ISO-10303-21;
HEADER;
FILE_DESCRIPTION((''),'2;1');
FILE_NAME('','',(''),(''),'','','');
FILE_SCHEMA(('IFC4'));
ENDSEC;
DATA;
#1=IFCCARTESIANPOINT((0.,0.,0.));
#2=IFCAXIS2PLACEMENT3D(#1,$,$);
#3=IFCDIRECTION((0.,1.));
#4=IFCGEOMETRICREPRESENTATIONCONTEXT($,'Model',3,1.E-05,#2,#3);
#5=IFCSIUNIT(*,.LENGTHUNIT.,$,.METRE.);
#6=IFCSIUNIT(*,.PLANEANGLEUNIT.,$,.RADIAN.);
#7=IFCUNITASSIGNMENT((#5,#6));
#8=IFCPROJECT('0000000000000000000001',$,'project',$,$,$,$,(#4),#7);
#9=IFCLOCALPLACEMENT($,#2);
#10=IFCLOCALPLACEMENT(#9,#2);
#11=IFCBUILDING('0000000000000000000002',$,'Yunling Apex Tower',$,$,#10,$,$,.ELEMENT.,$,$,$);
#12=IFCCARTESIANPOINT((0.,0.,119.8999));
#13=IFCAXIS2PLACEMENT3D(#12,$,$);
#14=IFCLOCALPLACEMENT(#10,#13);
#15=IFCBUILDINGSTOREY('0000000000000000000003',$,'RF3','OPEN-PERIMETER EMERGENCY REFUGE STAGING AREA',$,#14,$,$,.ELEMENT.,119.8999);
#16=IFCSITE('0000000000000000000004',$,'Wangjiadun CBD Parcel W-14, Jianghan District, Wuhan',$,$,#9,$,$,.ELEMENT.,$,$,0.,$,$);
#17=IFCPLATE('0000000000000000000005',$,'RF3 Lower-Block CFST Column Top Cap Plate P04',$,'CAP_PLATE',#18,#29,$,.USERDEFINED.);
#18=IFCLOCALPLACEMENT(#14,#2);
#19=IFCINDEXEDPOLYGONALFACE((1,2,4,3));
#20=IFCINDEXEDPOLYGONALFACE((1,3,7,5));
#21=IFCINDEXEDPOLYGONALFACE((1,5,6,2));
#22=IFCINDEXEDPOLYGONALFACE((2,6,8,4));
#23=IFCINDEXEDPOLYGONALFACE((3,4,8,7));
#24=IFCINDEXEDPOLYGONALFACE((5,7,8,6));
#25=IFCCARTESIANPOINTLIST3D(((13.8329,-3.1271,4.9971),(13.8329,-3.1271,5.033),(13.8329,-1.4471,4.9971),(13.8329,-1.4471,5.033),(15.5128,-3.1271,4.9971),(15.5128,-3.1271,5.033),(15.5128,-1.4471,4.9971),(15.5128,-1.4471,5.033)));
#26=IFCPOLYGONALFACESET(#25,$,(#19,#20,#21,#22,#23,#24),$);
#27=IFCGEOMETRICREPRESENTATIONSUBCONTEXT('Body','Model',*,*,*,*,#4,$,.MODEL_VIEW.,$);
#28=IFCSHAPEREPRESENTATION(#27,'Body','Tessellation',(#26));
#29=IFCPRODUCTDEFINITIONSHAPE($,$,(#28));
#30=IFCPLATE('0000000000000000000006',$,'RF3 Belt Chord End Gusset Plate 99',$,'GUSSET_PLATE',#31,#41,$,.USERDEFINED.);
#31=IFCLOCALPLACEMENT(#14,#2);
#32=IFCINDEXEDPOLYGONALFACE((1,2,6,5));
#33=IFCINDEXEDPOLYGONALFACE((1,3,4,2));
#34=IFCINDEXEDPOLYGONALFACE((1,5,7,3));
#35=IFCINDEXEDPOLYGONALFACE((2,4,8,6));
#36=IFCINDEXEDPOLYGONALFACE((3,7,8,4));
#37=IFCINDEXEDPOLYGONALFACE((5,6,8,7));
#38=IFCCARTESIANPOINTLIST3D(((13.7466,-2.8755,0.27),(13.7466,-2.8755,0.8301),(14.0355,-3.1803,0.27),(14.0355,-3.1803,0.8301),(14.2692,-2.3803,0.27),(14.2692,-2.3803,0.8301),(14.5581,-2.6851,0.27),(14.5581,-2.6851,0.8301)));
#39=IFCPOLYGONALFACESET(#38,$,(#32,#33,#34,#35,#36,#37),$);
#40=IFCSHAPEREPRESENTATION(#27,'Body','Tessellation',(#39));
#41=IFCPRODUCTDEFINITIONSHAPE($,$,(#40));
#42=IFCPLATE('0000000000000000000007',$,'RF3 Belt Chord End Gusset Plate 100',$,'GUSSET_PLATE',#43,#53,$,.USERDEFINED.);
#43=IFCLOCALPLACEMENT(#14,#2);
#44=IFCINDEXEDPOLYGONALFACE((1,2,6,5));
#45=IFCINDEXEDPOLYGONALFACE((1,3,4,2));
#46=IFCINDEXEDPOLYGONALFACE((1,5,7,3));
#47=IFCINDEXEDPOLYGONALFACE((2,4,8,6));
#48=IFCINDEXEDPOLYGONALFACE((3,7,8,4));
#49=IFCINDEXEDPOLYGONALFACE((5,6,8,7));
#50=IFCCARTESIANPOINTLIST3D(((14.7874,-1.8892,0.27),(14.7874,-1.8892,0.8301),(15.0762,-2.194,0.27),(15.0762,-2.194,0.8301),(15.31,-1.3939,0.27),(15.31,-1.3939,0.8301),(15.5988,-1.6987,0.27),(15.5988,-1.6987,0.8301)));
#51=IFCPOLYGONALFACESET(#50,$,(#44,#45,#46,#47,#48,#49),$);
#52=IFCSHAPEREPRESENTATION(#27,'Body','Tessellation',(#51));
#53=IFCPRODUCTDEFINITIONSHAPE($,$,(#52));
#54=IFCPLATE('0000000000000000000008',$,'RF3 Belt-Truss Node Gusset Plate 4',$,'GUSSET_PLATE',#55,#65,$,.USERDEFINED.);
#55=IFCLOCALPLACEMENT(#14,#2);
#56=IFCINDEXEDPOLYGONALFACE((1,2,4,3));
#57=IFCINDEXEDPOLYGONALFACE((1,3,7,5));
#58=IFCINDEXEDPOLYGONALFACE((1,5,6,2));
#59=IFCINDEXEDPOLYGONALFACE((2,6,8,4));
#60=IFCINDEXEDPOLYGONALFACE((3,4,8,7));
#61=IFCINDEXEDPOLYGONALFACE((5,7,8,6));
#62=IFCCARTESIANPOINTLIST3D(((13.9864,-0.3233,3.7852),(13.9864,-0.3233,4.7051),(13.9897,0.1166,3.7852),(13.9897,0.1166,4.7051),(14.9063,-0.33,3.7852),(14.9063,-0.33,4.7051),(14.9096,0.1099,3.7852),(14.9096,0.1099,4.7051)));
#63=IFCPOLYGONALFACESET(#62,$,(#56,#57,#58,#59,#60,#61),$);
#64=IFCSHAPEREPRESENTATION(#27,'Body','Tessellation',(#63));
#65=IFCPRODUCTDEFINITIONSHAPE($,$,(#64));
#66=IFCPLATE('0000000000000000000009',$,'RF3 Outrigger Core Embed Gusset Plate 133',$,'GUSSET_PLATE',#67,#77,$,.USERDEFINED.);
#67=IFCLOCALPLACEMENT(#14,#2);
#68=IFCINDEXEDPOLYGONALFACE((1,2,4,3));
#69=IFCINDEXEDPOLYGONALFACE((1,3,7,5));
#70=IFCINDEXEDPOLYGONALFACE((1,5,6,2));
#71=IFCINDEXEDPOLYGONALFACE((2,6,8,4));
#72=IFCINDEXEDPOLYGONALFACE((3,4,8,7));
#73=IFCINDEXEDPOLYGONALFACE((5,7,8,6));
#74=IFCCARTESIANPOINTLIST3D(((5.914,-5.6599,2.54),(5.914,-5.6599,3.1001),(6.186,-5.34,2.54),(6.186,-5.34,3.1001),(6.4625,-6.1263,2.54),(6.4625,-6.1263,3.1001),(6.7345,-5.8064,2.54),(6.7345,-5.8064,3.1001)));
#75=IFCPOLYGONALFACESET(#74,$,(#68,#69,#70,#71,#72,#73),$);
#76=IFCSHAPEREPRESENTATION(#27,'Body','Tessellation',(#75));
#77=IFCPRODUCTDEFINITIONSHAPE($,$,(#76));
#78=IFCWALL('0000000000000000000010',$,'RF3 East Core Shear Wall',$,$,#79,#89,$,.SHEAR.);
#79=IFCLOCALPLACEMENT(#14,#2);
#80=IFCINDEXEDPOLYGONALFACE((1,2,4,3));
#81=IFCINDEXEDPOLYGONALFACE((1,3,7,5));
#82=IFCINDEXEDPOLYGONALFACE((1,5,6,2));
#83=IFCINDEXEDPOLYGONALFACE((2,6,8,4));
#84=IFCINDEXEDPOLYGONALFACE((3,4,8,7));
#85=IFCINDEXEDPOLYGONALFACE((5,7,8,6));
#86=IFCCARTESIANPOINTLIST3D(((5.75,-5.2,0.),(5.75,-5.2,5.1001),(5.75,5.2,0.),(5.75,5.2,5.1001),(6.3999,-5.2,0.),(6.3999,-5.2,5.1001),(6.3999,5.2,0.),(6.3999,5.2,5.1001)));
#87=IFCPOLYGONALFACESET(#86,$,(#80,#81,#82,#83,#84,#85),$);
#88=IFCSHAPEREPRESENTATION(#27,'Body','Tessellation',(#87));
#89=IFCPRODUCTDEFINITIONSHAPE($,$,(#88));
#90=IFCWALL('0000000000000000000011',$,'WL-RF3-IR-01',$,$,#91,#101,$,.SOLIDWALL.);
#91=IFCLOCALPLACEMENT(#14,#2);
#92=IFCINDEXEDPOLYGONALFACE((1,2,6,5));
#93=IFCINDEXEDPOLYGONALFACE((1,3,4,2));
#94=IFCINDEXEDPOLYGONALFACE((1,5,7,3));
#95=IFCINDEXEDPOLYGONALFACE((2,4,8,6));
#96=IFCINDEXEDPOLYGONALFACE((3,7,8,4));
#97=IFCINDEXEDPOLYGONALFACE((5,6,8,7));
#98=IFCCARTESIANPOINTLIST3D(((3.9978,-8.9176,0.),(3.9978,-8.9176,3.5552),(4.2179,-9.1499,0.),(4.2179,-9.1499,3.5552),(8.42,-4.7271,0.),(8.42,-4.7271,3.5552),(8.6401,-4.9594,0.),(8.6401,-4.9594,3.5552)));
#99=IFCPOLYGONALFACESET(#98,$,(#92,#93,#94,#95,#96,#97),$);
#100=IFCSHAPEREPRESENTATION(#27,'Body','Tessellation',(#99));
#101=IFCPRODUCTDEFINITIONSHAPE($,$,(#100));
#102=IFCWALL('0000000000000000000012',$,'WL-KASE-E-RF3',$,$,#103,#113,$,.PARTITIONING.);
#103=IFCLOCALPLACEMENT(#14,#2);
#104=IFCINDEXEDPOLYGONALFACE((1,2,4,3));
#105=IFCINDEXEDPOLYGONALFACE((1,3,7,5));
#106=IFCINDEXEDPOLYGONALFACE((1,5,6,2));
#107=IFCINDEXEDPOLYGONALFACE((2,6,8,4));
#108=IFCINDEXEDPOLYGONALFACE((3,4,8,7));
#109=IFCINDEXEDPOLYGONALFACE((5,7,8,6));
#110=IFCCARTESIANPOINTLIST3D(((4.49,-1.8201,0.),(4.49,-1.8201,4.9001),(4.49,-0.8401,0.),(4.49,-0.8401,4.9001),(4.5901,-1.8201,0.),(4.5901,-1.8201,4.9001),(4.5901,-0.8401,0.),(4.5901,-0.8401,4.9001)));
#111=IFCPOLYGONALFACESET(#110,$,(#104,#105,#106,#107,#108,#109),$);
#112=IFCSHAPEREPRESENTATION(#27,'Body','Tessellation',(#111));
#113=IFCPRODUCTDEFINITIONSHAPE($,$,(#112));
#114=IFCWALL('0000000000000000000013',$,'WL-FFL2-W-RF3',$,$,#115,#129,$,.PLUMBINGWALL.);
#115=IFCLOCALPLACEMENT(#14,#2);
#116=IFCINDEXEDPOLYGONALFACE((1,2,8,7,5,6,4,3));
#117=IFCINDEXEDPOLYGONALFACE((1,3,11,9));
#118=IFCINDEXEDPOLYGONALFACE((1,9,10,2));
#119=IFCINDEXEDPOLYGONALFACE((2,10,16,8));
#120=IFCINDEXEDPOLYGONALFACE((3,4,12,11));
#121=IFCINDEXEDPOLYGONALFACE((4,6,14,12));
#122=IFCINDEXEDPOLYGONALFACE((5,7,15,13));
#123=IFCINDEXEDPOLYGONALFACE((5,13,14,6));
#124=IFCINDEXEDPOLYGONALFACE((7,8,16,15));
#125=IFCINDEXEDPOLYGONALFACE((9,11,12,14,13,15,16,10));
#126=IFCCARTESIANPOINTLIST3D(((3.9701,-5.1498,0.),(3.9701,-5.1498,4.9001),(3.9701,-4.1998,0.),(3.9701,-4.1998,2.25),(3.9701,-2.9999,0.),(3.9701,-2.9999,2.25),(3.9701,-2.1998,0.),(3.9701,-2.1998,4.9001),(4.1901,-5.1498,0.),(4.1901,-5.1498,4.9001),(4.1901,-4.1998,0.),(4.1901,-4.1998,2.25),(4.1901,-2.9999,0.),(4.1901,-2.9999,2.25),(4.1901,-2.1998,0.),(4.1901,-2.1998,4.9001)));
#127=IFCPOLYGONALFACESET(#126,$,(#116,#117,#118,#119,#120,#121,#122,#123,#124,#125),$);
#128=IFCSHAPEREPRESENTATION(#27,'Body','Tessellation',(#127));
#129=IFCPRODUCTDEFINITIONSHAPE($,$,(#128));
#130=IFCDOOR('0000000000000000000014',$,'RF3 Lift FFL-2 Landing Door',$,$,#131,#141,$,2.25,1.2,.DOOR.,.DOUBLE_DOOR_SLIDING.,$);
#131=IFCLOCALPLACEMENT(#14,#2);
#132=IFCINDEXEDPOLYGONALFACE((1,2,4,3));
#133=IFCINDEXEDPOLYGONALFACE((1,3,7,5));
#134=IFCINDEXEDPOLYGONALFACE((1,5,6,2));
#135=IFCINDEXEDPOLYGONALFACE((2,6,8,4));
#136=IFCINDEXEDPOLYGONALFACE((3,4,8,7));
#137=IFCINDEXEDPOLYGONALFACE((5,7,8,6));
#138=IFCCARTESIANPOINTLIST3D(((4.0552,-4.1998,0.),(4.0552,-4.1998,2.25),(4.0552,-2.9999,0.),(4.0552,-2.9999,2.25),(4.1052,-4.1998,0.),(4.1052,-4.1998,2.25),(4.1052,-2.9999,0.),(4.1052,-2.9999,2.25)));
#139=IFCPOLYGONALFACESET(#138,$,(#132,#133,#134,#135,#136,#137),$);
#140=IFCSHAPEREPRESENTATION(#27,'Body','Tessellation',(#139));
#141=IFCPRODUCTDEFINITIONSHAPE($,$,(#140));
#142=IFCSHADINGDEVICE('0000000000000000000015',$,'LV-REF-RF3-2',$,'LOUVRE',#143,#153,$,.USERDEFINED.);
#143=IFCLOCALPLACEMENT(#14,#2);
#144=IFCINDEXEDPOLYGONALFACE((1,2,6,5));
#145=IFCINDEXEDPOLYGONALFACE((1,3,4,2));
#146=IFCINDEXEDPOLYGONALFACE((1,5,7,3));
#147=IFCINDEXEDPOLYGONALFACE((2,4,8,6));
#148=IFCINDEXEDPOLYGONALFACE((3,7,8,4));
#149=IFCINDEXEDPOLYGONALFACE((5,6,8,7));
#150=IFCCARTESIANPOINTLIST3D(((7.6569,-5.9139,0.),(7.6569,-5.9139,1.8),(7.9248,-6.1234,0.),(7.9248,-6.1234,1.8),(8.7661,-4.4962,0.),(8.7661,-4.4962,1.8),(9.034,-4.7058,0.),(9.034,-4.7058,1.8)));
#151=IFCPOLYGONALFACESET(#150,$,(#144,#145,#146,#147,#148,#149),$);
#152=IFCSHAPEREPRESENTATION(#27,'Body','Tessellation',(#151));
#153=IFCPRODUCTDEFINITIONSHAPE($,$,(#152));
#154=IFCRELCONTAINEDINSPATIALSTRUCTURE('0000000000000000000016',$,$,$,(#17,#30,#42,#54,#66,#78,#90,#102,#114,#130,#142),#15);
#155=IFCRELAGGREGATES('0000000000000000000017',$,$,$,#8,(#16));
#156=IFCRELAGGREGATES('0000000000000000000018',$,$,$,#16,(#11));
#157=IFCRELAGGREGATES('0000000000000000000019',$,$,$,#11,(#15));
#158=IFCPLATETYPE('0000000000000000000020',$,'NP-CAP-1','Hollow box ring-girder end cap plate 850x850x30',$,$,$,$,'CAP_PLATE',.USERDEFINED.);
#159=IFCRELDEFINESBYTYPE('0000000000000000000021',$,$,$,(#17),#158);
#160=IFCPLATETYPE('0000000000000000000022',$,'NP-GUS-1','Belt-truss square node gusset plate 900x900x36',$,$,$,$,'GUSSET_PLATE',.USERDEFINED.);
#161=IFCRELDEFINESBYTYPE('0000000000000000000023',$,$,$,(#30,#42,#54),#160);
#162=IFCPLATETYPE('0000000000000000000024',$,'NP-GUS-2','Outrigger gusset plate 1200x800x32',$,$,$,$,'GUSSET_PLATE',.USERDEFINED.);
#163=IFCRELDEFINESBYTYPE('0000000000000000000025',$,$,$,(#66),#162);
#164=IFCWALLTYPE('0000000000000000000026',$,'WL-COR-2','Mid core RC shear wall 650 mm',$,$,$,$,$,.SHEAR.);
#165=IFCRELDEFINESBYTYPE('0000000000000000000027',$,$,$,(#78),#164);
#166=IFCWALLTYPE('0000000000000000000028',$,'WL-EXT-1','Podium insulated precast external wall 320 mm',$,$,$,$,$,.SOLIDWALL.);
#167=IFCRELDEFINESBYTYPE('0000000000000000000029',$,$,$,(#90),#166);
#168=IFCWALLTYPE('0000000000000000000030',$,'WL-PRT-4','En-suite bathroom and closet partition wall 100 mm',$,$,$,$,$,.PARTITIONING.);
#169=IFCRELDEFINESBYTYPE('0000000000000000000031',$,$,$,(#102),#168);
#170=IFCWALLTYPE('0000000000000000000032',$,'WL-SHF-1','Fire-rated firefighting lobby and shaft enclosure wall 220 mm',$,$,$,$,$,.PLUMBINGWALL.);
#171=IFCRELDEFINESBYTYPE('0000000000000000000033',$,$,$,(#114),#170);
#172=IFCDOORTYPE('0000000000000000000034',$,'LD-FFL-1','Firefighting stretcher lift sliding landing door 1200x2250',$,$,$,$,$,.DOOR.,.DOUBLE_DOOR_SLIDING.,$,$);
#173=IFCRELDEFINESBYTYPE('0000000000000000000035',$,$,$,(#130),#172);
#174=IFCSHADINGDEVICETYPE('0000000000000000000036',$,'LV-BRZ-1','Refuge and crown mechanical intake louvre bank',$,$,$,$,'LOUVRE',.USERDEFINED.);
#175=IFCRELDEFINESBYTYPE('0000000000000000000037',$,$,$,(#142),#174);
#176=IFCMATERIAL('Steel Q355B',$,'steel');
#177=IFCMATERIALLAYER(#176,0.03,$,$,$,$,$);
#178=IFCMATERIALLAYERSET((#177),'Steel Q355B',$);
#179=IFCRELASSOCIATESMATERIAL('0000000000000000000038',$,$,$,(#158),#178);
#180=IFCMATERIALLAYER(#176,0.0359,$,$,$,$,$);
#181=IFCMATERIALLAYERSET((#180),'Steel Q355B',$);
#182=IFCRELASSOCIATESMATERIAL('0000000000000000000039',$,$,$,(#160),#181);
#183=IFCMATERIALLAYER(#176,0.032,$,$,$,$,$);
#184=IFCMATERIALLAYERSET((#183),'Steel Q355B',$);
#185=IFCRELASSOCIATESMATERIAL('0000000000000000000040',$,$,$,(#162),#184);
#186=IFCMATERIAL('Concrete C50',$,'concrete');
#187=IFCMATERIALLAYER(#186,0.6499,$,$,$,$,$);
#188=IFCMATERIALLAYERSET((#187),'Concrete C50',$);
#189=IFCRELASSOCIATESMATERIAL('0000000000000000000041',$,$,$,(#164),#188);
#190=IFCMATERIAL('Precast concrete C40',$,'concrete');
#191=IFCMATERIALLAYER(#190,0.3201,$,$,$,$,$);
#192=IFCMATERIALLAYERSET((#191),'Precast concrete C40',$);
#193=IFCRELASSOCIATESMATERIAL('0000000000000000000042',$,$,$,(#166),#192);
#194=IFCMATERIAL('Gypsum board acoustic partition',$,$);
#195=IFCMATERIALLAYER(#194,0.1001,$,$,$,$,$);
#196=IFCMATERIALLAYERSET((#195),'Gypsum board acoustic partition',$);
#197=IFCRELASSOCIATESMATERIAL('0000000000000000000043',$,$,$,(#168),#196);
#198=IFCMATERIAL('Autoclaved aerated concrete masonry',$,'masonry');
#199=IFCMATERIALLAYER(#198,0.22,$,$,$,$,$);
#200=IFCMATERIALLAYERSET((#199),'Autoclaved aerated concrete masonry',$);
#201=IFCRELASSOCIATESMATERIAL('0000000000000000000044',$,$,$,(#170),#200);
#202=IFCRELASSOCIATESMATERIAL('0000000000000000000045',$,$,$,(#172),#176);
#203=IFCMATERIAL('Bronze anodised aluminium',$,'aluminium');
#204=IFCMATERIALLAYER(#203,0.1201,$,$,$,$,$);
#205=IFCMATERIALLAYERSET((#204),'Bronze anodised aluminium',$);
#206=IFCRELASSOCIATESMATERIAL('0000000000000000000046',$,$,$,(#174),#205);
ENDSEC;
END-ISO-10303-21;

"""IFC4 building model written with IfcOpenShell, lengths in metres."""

from ifc_helpers import new_model, si_unit, direction, frame, frame_2d, origin, origin_2d, place, context, subcontext, project, spatial, rectangle, extrude, source, transform, mapped, material, layer, layer_set, type_object, element, fill, save


model = new_model("IFC4")

# Units and contexts
model_context = context("Model", 3, precision=1e-05, world=origin(), true_north=direction((0.0, 1.0)))
body_context = subcontext(model_context, "Body", "Model", "MODEL_VIEW")
ifc_project = project(units=[si_unit("LENGTHUNIT", "METRE"), si_unit("PLANEANGLEUNIT", "RADIAN")], contexts=[model_context])

# Site, building, storey
site_placement = place(None, origin())
site = spatial("IfcSite", under=ifc_project, at=site_placement, Name="Wangjiadun CBD Parcel W-14, Jianghan District, Wuhan", CompositionType="ELEMENT", RefElevation=0.0)
building_placement = place(site_placement, origin())
building = spatial("IfcBuilding", under=site, at=building_placement, Name="Yunling Apex Tower", CompositionType="ELEMENT")
storey_placement = place(building_placement, frame((0.0, 0.0, 119.8999)))
storey = spatial("IfcBuildingStorey", under=building, at=storey_placement, Name="RF3", Description="OPEN-PERIMETER EMERGENCY REFUGE STAGING AREA", CompositionType="ELEMENT", Elevation=119.8999)

# Shared definitions
ifc_material_1 = material(Name="Steel Q355B", Category="steel")

# Plates
ifc_layer_1 = layer(ifc_material_1, 0.03)
ifc_layer_set_1 = layer_set([ifc_layer_1], Name="Steel Q355B")
plate_type_1 = type_object("IfcPlateType", Name="NP-CAP-1", Description="Hollow box ring-girder end cap plate 850x850x30", ElementType="CAP_PLATE", PredefinedType="USERDEFINED", material=ifc_layer_set_1)
shared_shape_1 = source(origin(), body_context, "Body", "SweptSolid", [
    extrude(rectangle(XDim=1.6799, YDim=1.6799, at=origin_2d()), origin(), (0.0, 0.0, 1.0), 0.0359),
])
plate_1_placement = place(storey_placement, frame((14.6729, -2.2871, 4.9971), z_axis=(0.0, 0.0, 1.0), x_axis=(1.0, 0.0, 0.0)))
element("IfcPlate", 1, at=plate_1_placement, inside=storey, type_object=plate_type_1, Name="RF3 Lower-Block CFST Column Top Cap Plate P04", ObjectType="CAP_PLATE", PredefinedType="USERDEFINED", context=body_context, shape_type="MappedRepresentation", body=[
    mapped(shared_shape_1, transform((0.0, 0.0, 0.0), scale=1.0)),
])
ifc_layer_2 = layer(ifc_material_1, 0.0359)
ifc_layer_set_2 = layer_set([ifc_layer_2], Name="Steel Q355B")
plate_type_2 = type_object("IfcPlateType", Name="NP-GUS-1", Description="Belt-truss square node gusset plate 900x900x36", ElementType="GUSSET_PLATE", PredefinedType="USERDEFINED", material=ifc_layer_set_2)
shared_shape_2 = source(origin(), body_context, "Body", "SweptSolid", [
    extrude(rectangle(XDim=0.72, YDim=0.4199, at=origin_2d()), origin(), (0.0, 0.0, 1.0), 0.5601),
])
for number, where, z_axis, x_axis, name in (
    (2, (14.1523, -2.7803, 0.27), (0.0, 0.0, 1.0), (0.725855, 0.687848, 0.0), "RF3 Belt Chord End Gusset Plate 99"),
    (3, (15.1931, -1.7939, 0.27), (0.0, 0.0, 1.0), (0.725855, 0.687848, 0.0), "RF3 Belt Chord End Gusset Plate 100"),
):
    element("IfcPlate", number, at=place(storey_placement, frame(where, z_axis=z_axis, x_axis=x_axis)), inside=storey, type_object=plate_type_2, Name=name, ObjectType="GUSSET_PLATE", PredefinedType="USERDEFINED", context=body_context, shape_type="MappedRepresentation", body=[
        mapped(shared_shape_2, transform((0.0, 0.0, 0.0), scale=1.0)),
    ])
shared_shape_3 = source(origin(), body_context, "Body", "SweptSolid", [
    extrude(rectangle(XDim=0.9199, YDim=0.4399, at=origin_2d()), origin(), (0.0, 0.0, 1.0), 0.9199),
])
plate_2_placement = place(storey_placement, frame((14.448, -0.1067, 3.7852), z_axis=(0.0, 0.0, 1.0), x_axis=(0.999973, -0.00733, 0.0)))
element("IfcPlate", 4, at=plate_2_placement, inside=storey, type_object=plate_type_2, Name="RF3 Belt-Truss Node Gusset Plate 4", ObjectType="GUSSET_PLATE", PredefinedType="USERDEFINED", context=body_context, shape_type="MappedRepresentation", body=[
    mapped(shared_shape_3, transform((0.0, 0.0, 0.0), scale=1.0)),
])
ifc_layer_3 = layer(ifc_material_1, 0.032)
ifc_layer_set_3 = layer_set([ifc_layer_3], Name="Steel Q355B")
plate_type_3 = type_object("IfcPlateType", Name="NP-GUS-2", Description="Outrigger gusset plate 1200x800x32", ElementType="GUSSET_PLATE", PredefinedType="USERDEFINED", material=ifc_layer_set_3)
shared_shape_4 = source(origin(), body_context, "Body", "SweptSolid", [
    extrude(rectangle(XDim=0.72, YDim=0.4199, at=origin_2d()), origin(), (0.0, 0.0, 1.0), 0.5601),
])
plate_3_placement = place(storey_placement, frame((6.3242, -5.7332, 2.54), z_axis=(0.0, 0.0, 1.0), x_axis=(0.761878, -0.647721, 0.0)))
element("IfcPlate", 5, at=plate_3_placement, inside=storey, type_object=plate_type_3, Name="RF3 Outrigger Core Embed Gusset Plate 133", ObjectType="GUSSET_PLATE", PredefinedType="USERDEFINED", context=body_context, shape_type="MappedRepresentation", body=[
    mapped(shared_shape_4, transform((0.0, 0.0, 0.0), scale=1.0)),
])

# Walls
ifc_material_2 = material(Name="Concrete C50", Category="concrete")
ifc_layer_4 = layer(ifc_material_2, 0.6499)
ifc_layer_set_4 = layer_set([ifc_layer_4], Name="Concrete C50")
wall_type_1 = type_object("IfcWallType", Name="WL-COR-2", Description="Mid core RC shear wall 650 mm", PredefinedType="SHEAR", material=ifc_layer_set_4)
wall_1_placement = place(storey_placement, frame((6.075, -5.2, 0.0), z_axis=(0.0, 0.0, 1.0), x_axis=(0.0, 1.0, 0.0)))
element("IfcWall", 6, at=wall_1_placement, inside=storey, type_object=wall_type_1, Name="RF3 East Core Shear Wall", PredefinedType="SHEAR", context=body_context, shape_type="SweptSolid", body=[
    extrude(rectangle(XDim=10.3999, YDim=0.6499, at=frame_2d((5.2, 0.0))), origin(), (0.0, 0.0, 1.0), 5.1001),
])
ifc_material_3 = material(Name="Precast concrete C40", Category="concrete")
ifc_layer_5 = layer(ifc_material_3, 0.3201)
ifc_layer_set_5 = layer_set([ifc_layer_5], Name="Precast concrete C40")
wall_type_2 = type_object("IfcWallType", Name="WL-EXT-1", Description="Podium insulated precast external wall 320 mm", PredefinedType="SOLIDWALL", material=ifc_layer_set_5)
wall_2_placement = place(storey_placement, frame((8.53, -4.8433, 0.0), z_axis=(0.0, 0.0, 1.0), x_axis=(-0.725866, -0.687836, 0.0)))
element("IfcWall", 7, at=wall_2_placement, inside=storey, type_object=wall_type_2, Name="WL-RF3-IR-01", PredefinedType="SOLIDWALL", context=body_context, shape_type="SweptSolid", body=[
    extrude(rectangle(XDim=6.0923, YDim=0.3201, at=frame_2d((3.0461, 0.0))), origin(), (0.0, 0.0, 1.0), 3.5552),
])
ifc_material_4 = material(Name="Gypsum board acoustic partition")
ifc_layer_6 = layer(ifc_material_4, 0.1001)
ifc_layer_set_6 = layer_set([ifc_layer_6], Name="Gypsum board acoustic partition")
wall_type_3 = type_object("IfcWallType", Name="WL-PRT-4", Description="En-suite bathroom and closet partition wall 100 mm", PredefinedType="PARTITIONING", material=ifc_layer_set_6)
wall_3_placement = place(storey_placement, frame((4.54, -1.8201, 0.0), z_axis=(0.0, 0.0, 1.0), x_axis=(0.0, 1.0, 0.0)))
element("IfcWall", 8, at=wall_3_placement, inside=storey, type_object=wall_type_3, Name="WL-KASE-E-RF3", PredefinedType="PARTITIONING", context=body_context, shape_type="SweptSolid", body=[
    extrude(rectangle(XDim=0.98, YDim=0.1001, at=frame_2d((0.49, 0.0))), origin(), (0.0, 0.0, 1.0), 4.9001),
])

# Wall, opening, door
ifc_material_5 = material(Name="Autoclaved aerated concrete masonry", Category="masonry")
ifc_layer_7 = layer(ifc_material_5, 0.22)
ifc_layer_set_7 = layer_set([ifc_layer_7], Name="Autoclaved aerated concrete masonry")
wall_type_4 = type_object("IfcWallType", Name="WL-SHF-1", Description="Fire-rated firefighting lobby and shaft enclosure wall 220 mm", PredefinedType="PLUMBINGWALL", material=ifc_layer_set_7)
wall_4_placement = place(storey_placement, frame((4.0801, -5.1499, 0.0), z_axis=(0.0, 0.0, 1.0), x_axis=(0.0, 1.0, 0.0)))
wall_4 = element("IfcWall", 9, at=wall_4_placement, inside=storey, type_object=wall_type_4, Name="WL-FFL2-W-RF3", PredefinedType="PLUMBINGWALL", context=body_context, shape_type="SweptSolid", body=[
    extrude(rectangle(XDim=2.95, YDim=0.22, at=frame_2d((1.4751, 0.0))), origin(), (0.0, 0.0, 1.0), 4.9001),
])
opening_placement = place(wall_4_placement, frame((0.95, 0.0, 0.0)))
opening = element("IfcOpeningElement", 10, at=opening_placement, cuts=wall_4, PredefinedType="OPENING", context=body_context, shape_type="SweptSolid", body=[
    extrude(rectangle(XDim=1.2, YDim=2.25, at=frame_2d((0.6001, 1.125))), frame((0.0, 0.1201, 0.0), z_axis=(0.0, -1.0, 0.0), x_axis=(1.0, 0.0, 0.0)), (0.0, 0.0, 1.0), 0.24),
])
door_type = type_object("IfcDoorType", Name="LD-FFL-1", Description="Firefighting stretcher lift sliding landing door 1200x2250", OperationType="DOUBLE_DOOR_SLIDING", PredefinedType="DOOR", material=ifc_material_1)
door_placement = place(opening_placement, origin())
door = element("IfcDoor", 11, at=door_placement, inside=storey, type_object=door_type, Name="RF3 Lift FFL-2 Landing Door", OperationType="DOUBLE_DOOR_SLIDING", OverallHeight=2.25, OverallWidth=1.2, PredefinedType="DOOR", context=body_context, shape_type="SweptSolid", body=[
    extrude(rectangle(XDim=1.2, YDim=2.25, at=frame_2d((0.6001, 1.125))), frame((0.0, 0.0249, 0.0), z_axis=(0.0, -1.0, 0.0), x_axis=(1.0, 0.0, 0.0)), (0.0, 0.0, 1.0), 0.05),
])
fill(opening, door)

# Shading device
ifc_material_6 = material(Name="Bronze anodised aluminium", Category="aluminium")
ifc_layer_8 = layer(ifc_material_6, 0.1201)
ifc_layer_set_8 = layer_set([ifc_layer_8], Name="Bronze anodised aluminium")
shading_device_type = type_object("IfcShadingDeviceType", Name="LV-BRZ-1", Description="Refuge and crown mechanical intake louvre bank", ElementType="LOUVRE", PredefinedType="USERDEFINED", material=ifc_layer_set_8)
shared_shape_5 = source(origin(), body_context, "Body", "SweptSolid", [
    extrude(rectangle(XDim=1.8, YDim=0.3401, at=origin_2d()), origin(), (0.0, 0.0, 1.0), 1.8),
])
shading_device_placement = place(storey_placement, frame((8.3455, -5.3098, 0.0), z_axis=(0.0, 0.0, 1.0), x_axis=(-0.616211, -0.787581, 0.0)))
element("IfcShadingDevice", 12, at=shading_device_placement, inside=storey, type_object=shading_device_type, Name="LV-REF-RF3-2", ObjectType="LOUVRE", PredefinedType="USERDEFINED", context=body_context, shape_type="MappedRepresentation", body=[
    mapped(shared_shape_5, transform((0.0, 0.0, 0.0), scale=1.0)),
])

save(model, "model.ifc")
